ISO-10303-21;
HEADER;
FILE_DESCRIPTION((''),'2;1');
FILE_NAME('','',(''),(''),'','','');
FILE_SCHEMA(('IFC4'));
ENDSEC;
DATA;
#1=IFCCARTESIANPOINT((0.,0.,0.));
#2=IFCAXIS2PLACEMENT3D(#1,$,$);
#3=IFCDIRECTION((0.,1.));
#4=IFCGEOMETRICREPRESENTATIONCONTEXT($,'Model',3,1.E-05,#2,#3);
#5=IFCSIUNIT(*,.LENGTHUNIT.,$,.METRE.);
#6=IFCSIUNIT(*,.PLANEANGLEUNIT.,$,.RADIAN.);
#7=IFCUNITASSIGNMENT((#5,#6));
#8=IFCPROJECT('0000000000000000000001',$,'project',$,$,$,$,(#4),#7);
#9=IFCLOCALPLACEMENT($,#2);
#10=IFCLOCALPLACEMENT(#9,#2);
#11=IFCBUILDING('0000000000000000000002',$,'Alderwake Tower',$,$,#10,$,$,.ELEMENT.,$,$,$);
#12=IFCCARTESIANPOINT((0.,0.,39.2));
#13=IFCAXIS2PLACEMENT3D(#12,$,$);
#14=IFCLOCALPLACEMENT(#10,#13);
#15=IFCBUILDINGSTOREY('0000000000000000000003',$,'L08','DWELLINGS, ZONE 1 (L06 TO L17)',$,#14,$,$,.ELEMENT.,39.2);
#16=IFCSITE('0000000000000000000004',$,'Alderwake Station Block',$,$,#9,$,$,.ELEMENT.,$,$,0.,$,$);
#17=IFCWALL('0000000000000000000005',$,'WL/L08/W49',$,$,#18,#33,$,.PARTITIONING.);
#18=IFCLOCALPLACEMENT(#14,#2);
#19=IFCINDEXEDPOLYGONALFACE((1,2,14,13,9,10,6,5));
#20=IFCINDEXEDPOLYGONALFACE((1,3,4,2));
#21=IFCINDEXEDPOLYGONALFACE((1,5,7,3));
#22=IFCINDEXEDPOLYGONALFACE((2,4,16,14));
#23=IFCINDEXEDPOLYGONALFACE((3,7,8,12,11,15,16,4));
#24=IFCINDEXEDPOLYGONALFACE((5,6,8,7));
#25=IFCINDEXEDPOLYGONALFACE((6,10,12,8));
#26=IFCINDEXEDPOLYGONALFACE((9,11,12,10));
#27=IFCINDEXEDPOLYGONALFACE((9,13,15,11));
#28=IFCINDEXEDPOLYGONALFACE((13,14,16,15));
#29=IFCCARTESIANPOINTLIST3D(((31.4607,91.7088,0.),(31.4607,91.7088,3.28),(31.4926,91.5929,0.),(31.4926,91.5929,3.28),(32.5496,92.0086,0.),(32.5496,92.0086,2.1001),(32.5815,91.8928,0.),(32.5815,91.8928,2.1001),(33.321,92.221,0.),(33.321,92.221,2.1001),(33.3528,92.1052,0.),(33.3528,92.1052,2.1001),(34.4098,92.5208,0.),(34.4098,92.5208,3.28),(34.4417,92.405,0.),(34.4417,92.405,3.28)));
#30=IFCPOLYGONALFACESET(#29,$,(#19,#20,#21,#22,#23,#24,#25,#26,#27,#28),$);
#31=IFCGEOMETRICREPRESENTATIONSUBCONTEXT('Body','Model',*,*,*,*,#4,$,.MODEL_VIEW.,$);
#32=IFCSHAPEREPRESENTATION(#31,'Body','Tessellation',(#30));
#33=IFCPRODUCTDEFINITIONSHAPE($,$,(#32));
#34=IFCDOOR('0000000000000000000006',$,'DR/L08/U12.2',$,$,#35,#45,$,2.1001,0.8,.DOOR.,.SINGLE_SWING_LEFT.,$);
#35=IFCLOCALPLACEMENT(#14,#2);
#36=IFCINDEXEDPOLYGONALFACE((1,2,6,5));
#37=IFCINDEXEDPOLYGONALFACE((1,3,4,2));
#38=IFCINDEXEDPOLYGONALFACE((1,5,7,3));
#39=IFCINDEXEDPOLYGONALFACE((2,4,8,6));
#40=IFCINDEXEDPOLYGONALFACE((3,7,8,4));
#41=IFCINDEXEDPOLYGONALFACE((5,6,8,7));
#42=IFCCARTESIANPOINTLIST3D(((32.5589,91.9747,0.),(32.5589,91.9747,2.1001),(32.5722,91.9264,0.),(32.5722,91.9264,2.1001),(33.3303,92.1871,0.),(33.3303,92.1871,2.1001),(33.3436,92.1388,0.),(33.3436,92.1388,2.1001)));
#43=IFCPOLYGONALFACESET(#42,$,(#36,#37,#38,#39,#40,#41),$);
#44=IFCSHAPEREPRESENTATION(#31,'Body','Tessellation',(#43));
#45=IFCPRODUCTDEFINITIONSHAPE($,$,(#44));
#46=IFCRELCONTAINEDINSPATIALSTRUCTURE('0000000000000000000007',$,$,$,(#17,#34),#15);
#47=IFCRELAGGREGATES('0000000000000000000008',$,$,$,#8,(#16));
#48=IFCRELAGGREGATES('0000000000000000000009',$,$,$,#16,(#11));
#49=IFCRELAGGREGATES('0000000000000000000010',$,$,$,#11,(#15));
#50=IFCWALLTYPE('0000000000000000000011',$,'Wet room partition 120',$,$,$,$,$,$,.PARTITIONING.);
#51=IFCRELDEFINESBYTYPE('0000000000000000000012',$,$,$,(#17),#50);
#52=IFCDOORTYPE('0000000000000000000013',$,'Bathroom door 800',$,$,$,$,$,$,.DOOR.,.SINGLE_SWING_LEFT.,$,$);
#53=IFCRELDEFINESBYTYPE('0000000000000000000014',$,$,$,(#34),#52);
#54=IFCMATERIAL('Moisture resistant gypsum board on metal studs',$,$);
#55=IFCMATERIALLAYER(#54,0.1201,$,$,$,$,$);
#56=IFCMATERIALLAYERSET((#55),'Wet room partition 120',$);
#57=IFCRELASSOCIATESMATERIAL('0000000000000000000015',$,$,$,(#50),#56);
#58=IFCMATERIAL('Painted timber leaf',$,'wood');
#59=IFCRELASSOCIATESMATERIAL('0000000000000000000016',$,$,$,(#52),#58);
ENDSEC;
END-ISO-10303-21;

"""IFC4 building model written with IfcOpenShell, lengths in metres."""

from ifc_helpers import new_model, si_unit, direction, frame, frame_2d, origin, place, context, subcontext, project, spatial, rectangle, extrude, material, layer, layer_set, type_object, element, fill, save


model = new_model("IFC4")

# Units and contexts
model_context = context("Model", 3, precision=1e-05, world=origin(), true_north=direction((0.0, 1.0)))
body_context = subcontext(model_context, "Body", "Model", "MODEL_VIEW")
ifc_project = project(units=[si_unit("LENGTHUNIT", "METRE"), si_unit("PLANEANGLEUNIT", "RADIAN")], contexts=[model_context])

# Site, building, storey
site_placement = place(None, origin())
site = spatial("IfcSite", under=ifc_project, at=site_placement, Name="Alderwake Station Block", CompositionType="ELEMENT", RefElevation=0.0)
building_placement = place(site_placement, origin())
building = spatial("IfcBuilding", under=site, at=building_placement, Name="Alderwake Tower", CompositionType="ELEMENT")
storey_placement = place(building_placement, frame((0.0, 0.0, 39.2)))
storey = spatial("IfcBuildingStorey", under=building, at=storey_placement, Name="L08", Description="DWELLINGS, ZONE 1 (L06 TO L17)", CompositionType="ELEMENT", Elevation=39.2)

# Shared definitions
ifc_material_1 = material(Name="Moisture resistant gypsum board on metal studs")
ifc_layer_1 = layer(ifc_material_1, 0.1201)
ifc_layer_set_1 = layer_set([ifc_layer_1], Name="Wet room partition 120")
wall_type_1 = type_object("IfcWallType", Name="Wet room partition 120", PredefinedType="PARTITIONING", material=ifc_layer_set_1)

# Wall, opening, door
wall_1_placement = place(storey_placement, frame((31.4768, 91.6509, 0.0), z_axis=(0.0, 0.0, 1.0), x_axis=(0.964118, 0.265474, 0.0)))
wall_1 = element("IfcWall", 1, at=wall_1_placement, inside=storey, type_object=wall_type_1, Name="WL/L08/W49", PredefinedType="PARTITIONING", context=body_context, shape_type="SweptSolid", body=[
    extrude(rectangle(XDim=3.0588, YDim=0.1201, at=frame_2d((1.5293, 0.0))), origin(), (0.0, 0.0, 1.0), 3.28),
])
opening_1_placement = place(wall_1_placement, frame((1.1294, 0.0, 0.0)))
opening_1 = element("IfcOpeningElement", 2, at=opening_1_placement, cuts=wall_1, PredefinedType="OPENING", context=body_context, shape_type="SweptSolid", body=[
    extrude(rectangle(XDim=0.8, YDim=2.1001, at=frame_2d((0.3999, 1.05))), frame((0.0, 0.0701, 0.0), z_axis=(0.0, -1.0, 0.0), x_axis=(1.0, 0.0, 0.0)), (0.0, 0.0, 1.0), 0.1401),
])
ifc_material_2 = material(Name="Painted timber leaf", Category="wood")
door_type_1 = type_object("IfcDoorType", Name="Bathroom door 800", OperationType="SINGLE_SWING_LEFT", PredefinedType="DOOR", material=ifc_material_2)
door_1_placement = place(opening_1_placement, origin())
door_1 = element("IfcDoor", 3, at=door_1_placement, inside=storey, type_object=door_type_1, Name="DR/L08/U12.2", OperationType="SINGLE_SWING_LEFT", OverallHeight=2.1001, OverallWidth=0.8, PredefinedType="DOOR", context=body_context, shape_type="SweptSolid", body=[
    extrude(rectangle(XDim=0.8, YDim=2.1001, at=frame_2d((0.3999, 1.05))), frame((0.0, 0.0249, 0.0), z_axis=(0.0, -1.0, 0.0), x_axis=(1.0, 0.0, 0.0)), (0.0, 0.0, 1.0), 0.05),
])
fill(opening_1, door_1)

save(model, "model.ifc")
